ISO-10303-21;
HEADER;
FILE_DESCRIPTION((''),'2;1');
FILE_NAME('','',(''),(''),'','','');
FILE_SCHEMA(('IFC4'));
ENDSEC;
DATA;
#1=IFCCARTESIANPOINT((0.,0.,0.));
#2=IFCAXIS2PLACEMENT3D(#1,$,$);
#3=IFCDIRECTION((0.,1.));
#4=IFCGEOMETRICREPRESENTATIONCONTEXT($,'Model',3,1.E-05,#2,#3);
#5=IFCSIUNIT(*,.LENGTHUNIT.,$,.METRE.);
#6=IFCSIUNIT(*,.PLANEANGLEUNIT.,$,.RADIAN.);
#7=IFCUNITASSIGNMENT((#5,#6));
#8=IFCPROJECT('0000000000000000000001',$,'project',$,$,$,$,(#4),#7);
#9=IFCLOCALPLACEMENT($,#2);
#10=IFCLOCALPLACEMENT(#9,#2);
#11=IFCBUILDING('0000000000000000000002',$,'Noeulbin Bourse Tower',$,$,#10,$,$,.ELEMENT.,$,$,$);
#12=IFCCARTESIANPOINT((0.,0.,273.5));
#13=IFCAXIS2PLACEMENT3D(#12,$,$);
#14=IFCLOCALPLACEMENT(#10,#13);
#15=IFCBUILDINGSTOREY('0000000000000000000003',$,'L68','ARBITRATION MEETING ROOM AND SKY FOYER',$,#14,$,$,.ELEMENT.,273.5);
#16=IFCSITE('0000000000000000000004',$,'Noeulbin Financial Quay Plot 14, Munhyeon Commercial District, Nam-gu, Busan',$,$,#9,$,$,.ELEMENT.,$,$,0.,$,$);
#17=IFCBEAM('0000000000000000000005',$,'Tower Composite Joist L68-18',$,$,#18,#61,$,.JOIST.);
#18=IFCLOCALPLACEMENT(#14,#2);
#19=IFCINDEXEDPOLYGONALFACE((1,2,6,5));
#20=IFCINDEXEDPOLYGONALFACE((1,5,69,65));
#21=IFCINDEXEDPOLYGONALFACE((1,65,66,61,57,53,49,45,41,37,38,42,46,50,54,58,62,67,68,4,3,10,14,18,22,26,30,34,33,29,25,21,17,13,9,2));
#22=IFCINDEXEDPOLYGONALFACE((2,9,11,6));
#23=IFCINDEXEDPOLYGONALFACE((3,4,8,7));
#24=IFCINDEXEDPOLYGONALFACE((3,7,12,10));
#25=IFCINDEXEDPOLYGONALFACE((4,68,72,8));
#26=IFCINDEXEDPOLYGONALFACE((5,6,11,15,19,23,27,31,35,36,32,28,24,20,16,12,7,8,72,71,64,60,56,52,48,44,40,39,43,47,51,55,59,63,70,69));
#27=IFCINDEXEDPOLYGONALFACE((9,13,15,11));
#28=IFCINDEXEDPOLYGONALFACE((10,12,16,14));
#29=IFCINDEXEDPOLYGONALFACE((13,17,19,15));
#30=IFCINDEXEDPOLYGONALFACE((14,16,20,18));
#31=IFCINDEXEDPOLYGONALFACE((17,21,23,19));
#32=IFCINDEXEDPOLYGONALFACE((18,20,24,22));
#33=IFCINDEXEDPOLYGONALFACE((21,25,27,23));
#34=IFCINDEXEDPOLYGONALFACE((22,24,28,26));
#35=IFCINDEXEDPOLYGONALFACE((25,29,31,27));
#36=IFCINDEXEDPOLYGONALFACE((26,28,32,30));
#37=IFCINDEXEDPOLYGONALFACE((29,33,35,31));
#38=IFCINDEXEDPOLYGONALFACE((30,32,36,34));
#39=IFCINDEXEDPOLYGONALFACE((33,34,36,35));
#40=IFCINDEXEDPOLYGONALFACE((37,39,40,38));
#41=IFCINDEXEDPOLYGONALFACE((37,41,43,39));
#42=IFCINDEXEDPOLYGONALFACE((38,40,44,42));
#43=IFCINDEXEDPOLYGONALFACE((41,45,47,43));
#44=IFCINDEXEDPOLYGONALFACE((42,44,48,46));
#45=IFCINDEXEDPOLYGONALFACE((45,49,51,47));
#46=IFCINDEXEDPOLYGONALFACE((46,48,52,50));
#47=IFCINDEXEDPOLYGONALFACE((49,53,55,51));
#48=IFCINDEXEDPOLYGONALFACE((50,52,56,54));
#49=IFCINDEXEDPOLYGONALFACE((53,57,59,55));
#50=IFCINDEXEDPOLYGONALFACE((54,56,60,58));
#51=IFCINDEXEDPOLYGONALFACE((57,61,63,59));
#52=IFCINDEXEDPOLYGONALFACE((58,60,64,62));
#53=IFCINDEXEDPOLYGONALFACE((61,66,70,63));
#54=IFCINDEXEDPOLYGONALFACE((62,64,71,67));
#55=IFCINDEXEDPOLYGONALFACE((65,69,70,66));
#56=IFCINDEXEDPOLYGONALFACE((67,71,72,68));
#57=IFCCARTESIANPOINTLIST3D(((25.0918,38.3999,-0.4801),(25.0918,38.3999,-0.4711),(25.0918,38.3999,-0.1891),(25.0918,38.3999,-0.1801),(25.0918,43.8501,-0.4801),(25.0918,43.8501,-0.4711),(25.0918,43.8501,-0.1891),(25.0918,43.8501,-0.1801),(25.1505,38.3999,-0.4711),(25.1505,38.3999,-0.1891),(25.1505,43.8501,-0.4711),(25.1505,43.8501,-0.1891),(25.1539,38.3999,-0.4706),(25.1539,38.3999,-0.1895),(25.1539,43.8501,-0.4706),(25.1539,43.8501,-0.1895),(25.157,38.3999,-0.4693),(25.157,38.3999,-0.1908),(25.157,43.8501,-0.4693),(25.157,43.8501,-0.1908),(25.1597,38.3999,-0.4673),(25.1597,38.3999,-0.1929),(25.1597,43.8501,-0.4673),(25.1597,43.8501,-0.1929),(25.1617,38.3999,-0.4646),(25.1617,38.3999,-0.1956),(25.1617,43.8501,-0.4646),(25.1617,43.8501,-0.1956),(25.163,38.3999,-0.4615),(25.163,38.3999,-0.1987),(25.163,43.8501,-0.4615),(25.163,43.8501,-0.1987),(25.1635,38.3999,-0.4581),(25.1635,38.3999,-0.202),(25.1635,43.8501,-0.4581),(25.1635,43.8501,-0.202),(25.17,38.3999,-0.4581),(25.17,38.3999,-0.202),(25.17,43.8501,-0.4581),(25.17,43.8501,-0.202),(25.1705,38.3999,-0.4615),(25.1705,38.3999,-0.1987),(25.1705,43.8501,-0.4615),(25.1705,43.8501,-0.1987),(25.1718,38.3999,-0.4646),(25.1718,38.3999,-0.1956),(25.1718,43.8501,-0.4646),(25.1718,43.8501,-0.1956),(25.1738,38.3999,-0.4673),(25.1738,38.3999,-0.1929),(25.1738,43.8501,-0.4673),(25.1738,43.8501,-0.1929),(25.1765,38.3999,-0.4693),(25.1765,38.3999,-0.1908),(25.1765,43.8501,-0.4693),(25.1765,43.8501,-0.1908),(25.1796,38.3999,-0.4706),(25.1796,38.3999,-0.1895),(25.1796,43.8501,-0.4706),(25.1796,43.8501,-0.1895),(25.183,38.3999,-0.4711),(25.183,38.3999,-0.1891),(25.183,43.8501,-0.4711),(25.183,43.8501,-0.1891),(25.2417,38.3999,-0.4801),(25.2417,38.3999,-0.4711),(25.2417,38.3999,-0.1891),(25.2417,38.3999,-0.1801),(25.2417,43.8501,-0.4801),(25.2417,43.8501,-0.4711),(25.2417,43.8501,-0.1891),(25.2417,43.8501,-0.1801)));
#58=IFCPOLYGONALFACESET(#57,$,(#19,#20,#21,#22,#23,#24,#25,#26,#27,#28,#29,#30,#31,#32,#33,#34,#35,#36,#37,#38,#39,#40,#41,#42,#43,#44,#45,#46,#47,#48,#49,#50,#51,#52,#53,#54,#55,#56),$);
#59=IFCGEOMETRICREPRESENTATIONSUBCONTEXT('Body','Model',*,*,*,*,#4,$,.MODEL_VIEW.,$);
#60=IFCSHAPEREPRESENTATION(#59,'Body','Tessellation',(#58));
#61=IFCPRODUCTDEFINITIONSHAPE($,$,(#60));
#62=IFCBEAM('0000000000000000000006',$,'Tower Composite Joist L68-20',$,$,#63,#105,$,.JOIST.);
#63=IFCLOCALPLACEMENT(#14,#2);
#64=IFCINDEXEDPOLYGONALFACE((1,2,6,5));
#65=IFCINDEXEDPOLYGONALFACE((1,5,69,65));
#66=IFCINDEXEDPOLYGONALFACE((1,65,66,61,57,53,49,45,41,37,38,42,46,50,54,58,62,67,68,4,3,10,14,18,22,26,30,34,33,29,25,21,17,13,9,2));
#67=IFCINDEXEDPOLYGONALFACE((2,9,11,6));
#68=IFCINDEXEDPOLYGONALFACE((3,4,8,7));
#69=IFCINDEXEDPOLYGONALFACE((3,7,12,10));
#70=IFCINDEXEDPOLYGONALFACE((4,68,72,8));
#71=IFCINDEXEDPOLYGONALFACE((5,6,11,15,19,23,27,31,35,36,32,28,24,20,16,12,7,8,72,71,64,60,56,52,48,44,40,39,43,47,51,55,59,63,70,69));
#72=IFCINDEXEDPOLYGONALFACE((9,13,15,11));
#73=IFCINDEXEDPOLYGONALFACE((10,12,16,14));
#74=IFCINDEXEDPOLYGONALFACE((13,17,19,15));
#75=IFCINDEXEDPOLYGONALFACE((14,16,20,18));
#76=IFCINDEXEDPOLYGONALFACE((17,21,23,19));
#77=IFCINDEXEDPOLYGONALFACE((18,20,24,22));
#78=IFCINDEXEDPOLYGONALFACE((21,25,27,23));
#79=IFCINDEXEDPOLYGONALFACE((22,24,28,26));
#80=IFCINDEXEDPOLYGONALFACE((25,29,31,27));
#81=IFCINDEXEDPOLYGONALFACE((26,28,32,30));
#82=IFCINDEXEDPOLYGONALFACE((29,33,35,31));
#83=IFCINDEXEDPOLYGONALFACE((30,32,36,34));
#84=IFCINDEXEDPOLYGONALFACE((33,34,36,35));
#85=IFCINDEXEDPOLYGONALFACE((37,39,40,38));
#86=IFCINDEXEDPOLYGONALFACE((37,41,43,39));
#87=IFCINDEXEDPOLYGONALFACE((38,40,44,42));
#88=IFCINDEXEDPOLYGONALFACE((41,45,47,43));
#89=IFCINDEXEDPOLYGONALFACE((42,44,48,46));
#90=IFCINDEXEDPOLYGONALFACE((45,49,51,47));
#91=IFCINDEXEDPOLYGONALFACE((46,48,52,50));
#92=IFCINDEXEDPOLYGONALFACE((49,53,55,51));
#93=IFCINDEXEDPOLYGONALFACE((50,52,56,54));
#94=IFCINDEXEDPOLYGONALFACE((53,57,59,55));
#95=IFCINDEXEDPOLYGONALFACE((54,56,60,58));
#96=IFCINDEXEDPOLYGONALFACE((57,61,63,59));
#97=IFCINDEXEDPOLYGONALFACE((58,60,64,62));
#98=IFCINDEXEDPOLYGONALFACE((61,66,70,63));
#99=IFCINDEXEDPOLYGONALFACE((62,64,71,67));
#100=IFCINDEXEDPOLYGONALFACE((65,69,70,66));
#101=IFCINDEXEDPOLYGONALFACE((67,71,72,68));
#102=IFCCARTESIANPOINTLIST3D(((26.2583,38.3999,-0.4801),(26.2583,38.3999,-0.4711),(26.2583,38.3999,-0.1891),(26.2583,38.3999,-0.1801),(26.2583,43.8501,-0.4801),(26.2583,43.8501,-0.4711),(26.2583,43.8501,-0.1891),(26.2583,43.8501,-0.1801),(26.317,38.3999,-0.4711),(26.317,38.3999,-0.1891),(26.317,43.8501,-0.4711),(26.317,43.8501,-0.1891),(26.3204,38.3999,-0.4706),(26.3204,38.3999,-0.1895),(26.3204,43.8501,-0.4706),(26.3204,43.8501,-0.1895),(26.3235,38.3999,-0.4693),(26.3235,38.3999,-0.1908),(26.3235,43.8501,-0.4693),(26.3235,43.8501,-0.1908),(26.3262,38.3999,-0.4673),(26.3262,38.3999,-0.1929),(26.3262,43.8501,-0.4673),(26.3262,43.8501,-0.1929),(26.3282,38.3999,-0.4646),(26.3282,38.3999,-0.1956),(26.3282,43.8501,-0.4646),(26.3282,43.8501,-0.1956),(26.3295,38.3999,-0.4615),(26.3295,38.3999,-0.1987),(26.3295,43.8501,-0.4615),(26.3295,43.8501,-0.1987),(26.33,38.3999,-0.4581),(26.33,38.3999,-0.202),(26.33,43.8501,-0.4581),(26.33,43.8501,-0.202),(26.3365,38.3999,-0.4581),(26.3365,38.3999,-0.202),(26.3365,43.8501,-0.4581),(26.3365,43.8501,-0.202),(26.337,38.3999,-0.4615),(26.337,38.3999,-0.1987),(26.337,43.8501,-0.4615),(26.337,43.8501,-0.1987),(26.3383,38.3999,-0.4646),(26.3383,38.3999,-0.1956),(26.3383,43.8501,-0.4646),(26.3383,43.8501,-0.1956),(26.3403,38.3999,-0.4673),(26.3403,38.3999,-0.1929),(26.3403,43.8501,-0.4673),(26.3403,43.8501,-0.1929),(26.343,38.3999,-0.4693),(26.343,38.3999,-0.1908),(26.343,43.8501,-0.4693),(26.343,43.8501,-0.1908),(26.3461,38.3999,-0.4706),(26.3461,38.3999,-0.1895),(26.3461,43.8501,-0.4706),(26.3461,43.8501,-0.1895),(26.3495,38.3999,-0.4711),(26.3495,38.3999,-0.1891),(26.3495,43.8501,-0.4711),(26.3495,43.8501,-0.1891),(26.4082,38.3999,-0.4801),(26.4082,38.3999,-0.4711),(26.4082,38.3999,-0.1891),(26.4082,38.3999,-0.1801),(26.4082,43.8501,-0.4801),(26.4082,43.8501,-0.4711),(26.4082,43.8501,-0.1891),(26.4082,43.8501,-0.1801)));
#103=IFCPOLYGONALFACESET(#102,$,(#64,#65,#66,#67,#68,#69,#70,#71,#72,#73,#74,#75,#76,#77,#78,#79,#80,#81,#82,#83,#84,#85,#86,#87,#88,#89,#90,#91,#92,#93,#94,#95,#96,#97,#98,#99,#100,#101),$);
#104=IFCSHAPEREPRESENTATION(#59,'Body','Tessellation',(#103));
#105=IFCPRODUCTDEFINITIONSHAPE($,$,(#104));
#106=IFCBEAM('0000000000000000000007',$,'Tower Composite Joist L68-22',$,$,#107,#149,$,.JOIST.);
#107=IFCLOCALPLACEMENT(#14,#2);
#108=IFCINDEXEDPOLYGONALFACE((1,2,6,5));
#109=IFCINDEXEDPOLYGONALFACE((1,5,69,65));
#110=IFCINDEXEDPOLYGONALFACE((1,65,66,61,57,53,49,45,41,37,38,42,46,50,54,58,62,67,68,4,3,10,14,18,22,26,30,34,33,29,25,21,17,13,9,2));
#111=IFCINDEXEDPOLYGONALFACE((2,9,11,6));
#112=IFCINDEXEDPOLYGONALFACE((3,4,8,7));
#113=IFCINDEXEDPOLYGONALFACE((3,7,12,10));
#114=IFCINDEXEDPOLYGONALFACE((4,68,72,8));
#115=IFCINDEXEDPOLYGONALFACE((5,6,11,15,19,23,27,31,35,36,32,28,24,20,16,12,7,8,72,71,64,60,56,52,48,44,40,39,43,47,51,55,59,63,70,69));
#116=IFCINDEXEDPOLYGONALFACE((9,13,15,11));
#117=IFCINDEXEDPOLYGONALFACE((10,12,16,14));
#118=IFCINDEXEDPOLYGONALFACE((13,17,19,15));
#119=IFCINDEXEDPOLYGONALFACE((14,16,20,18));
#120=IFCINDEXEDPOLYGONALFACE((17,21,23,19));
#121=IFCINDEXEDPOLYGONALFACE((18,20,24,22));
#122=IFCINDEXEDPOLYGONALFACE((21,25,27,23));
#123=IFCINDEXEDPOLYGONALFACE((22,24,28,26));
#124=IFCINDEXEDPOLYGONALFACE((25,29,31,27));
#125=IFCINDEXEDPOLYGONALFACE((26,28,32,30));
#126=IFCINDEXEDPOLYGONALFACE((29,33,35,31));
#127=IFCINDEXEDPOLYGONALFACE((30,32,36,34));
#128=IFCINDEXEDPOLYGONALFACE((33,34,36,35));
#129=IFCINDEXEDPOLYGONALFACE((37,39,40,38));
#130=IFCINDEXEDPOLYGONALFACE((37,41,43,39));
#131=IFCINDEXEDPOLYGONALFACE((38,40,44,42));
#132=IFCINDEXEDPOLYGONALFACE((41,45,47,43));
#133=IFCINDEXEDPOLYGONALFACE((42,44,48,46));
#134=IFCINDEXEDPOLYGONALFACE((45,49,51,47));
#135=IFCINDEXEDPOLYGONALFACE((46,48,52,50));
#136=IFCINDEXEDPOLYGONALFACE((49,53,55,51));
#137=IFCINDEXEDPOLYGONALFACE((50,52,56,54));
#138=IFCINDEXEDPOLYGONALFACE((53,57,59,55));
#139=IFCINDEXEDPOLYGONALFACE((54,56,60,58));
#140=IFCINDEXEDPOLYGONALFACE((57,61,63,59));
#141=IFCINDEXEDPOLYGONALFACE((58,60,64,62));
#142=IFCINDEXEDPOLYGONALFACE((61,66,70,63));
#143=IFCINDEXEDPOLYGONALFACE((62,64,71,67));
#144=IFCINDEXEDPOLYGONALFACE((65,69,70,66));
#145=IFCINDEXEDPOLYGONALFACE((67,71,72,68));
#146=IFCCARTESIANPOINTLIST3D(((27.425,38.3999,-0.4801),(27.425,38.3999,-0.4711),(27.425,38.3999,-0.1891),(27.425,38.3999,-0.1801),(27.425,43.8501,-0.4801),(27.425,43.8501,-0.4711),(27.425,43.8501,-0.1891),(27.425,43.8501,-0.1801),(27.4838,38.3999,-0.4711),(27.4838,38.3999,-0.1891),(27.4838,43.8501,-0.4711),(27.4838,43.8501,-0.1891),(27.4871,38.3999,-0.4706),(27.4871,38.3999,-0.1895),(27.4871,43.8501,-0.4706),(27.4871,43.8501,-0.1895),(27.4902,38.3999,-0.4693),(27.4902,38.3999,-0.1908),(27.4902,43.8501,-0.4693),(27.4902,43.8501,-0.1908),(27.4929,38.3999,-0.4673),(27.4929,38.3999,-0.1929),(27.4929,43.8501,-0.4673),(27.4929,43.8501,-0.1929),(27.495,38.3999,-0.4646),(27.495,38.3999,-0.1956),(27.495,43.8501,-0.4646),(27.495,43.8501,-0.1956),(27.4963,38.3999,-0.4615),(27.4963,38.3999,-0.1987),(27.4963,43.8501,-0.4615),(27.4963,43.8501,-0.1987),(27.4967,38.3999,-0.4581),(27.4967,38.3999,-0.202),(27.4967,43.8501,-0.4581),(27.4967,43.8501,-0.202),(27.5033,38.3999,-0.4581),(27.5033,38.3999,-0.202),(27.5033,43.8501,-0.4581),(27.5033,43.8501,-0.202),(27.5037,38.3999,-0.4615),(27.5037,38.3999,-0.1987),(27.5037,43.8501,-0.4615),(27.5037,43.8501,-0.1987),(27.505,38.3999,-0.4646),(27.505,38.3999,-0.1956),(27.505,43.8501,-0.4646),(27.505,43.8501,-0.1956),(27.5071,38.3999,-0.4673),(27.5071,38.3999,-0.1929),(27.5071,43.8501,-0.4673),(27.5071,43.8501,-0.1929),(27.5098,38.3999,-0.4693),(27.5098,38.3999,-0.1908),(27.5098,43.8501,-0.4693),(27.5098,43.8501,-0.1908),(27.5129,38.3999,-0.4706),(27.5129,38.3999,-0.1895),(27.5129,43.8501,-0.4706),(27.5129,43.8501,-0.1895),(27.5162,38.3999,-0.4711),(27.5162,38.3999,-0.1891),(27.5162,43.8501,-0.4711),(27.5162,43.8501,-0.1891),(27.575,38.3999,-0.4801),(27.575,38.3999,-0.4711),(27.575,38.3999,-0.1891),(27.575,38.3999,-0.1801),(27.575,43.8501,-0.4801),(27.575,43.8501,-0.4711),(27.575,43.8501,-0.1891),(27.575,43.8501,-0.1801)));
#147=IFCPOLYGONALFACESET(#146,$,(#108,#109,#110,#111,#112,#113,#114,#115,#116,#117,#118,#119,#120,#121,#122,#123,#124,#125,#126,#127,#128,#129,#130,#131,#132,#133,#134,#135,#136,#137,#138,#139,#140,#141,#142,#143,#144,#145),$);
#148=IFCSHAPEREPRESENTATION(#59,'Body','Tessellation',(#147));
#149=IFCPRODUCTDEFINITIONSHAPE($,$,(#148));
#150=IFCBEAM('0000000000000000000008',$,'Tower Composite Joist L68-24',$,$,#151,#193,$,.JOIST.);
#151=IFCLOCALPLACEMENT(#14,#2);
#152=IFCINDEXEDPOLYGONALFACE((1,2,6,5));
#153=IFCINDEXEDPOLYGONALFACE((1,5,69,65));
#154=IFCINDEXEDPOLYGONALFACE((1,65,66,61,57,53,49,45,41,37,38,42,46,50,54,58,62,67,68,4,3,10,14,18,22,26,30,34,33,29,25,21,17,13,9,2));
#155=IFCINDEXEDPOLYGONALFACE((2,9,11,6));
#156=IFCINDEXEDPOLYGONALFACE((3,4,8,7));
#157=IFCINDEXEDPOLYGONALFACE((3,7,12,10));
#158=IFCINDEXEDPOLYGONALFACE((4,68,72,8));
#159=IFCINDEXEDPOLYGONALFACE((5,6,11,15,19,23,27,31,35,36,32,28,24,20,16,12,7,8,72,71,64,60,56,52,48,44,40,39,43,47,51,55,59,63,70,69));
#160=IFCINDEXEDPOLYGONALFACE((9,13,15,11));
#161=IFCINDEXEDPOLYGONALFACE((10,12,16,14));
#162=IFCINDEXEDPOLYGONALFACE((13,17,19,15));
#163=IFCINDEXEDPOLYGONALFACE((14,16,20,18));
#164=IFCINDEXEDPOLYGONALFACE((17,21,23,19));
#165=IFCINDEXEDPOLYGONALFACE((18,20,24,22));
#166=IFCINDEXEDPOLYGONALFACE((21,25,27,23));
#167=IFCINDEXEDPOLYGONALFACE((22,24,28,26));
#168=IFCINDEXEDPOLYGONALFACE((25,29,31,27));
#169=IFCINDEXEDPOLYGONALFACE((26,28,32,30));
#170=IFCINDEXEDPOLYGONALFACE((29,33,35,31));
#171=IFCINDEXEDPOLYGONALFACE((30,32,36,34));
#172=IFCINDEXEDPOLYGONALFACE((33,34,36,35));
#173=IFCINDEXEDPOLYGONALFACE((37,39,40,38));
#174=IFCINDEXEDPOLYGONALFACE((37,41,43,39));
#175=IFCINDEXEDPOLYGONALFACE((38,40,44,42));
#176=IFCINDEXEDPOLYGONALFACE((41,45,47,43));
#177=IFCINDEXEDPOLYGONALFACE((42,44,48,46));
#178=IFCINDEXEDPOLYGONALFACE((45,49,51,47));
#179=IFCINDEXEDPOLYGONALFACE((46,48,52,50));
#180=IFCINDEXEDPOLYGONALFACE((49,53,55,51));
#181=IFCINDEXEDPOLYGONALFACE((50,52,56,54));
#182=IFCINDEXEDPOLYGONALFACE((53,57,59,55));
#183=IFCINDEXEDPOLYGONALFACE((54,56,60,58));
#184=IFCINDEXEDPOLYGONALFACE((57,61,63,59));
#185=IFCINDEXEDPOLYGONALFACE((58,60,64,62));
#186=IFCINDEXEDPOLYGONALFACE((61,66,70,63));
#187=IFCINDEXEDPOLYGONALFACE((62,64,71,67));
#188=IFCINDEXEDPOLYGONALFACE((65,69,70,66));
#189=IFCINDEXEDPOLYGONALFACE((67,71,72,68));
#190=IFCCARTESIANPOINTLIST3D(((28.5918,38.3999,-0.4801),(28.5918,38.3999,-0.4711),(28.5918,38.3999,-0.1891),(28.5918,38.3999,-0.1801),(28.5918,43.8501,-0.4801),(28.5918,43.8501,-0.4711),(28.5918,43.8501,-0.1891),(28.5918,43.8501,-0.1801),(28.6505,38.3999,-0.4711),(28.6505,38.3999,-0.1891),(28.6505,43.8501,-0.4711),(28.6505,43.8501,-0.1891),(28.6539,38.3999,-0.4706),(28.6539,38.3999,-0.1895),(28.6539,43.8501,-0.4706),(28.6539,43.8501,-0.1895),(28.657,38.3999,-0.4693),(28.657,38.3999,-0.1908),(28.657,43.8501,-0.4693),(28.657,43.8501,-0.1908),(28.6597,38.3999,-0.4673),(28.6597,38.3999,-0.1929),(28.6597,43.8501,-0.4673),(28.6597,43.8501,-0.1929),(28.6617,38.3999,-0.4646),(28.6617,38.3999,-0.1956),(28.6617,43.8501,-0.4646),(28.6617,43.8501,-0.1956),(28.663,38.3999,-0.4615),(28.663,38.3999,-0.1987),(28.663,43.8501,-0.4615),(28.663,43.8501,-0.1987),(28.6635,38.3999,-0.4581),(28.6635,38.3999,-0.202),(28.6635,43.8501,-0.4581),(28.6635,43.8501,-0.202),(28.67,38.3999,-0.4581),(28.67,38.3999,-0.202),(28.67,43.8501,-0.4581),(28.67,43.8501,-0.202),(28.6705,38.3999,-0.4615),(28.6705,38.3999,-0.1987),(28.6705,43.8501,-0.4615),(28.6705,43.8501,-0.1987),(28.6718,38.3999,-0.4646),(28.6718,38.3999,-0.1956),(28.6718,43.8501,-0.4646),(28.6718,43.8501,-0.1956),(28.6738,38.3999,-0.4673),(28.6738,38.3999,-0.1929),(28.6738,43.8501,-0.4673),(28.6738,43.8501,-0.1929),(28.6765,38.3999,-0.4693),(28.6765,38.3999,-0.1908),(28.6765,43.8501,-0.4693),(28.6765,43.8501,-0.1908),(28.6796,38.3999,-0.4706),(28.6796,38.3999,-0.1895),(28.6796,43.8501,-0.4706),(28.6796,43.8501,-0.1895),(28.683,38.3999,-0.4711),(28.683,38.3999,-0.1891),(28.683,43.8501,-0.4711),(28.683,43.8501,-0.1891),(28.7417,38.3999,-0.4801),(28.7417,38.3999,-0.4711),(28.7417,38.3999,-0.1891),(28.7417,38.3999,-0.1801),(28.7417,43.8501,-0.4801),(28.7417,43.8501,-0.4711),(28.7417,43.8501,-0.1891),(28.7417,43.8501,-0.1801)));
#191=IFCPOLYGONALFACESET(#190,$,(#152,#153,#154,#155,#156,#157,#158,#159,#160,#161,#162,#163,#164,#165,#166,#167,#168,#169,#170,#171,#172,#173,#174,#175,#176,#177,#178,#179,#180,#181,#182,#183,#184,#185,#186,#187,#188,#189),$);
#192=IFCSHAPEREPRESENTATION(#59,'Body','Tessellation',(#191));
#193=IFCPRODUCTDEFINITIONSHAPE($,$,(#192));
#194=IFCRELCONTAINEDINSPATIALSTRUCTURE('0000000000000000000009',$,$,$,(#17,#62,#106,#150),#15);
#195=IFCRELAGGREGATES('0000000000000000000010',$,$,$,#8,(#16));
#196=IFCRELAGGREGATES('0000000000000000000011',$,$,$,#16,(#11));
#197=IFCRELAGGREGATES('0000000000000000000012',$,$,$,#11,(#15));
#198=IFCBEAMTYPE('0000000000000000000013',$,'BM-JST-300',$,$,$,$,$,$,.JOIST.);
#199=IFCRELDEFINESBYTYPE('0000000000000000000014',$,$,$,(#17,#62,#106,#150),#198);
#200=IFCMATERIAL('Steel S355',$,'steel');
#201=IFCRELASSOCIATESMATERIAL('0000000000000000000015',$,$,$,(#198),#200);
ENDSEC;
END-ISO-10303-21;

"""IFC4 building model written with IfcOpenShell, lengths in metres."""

from ifc_helpers import new_model, si_unit, direction, frame, origin, origin_2d, place, context, subcontext, project, spatial, i_section, extrude, material, material_profile, profile_set, type_object, element, save


model = new_model("IFC4")

# Units and contexts
model_context = context("Model", 3, precision=1e-05, world=origin(), true_north=direction((0.0, 1.0)))
body_context = subcontext(model_context, "Body", "Model", "MODEL_VIEW")
ifc_project = project(units=[si_unit("LENGTHUNIT", "METRE"), si_unit("PLANEANGLEUNIT", "RADIAN")], contexts=[model_context])

# Site, building, storey
site_placement = place(None, origin())
site = spatial("IfcSite", under=ifc_project, at=site_placement, Name="Noeulbin Financial Quay Plot 14, Munhyeon Commercial District, Nam-gu, Busan", CompositionType="ELEMENT", RefElevation=0.0)
building_placement = place(site_placement, origin())
building = spatial("IfcBuilding", under=site, at=building_placement, Name="Noeulbin Bourse Tower", CompositionType="ELEMENT")
storey_placement = place(building_placement, frame((0.0, 0.0, 273.5)))
storey = spatial("IfcBuildingStorey", under=building, at=storey_placement, Name="L68", Description="ARBITRATION MEETING ROOM AND SKY FOYER", CompositionType="ELEMENT", Elevation=273.5)

# Shared definitions
ifc_material_1 = material(Name="Steel S355", Category="steel")

# Beams
ifc_material_profile_1 = material_profile(ifc_material_1, i_section(OverallWidth=0.1499, OverallDepth=0.3, WebThickness=0.0066, FlangeThickness=0.009, FilletRadius=0.0129, at=origin_2d()), Name="H-300x150x6.5x9", Category="LoadBearing")
ifc_profile_set_1 = profile_set([ifc_material_profile_1], Name="Steel S355")
beam_type_1 = type_object("IfcBeamType", Name="BM-JST-300", PredefinedType="JOIST", material=ifc_profile_set_1)
for number, where, z_axis, x_axis, name in (
    (1, (25.1667, 38.3999, -0.3301), (0.0, 1.0, 0.0), (-1.0, 0.0, 0.0), "Tower Composite Joist L68-18"),
    (2, (26.3333, 38.3999, -0.3301), (0.0, 1.0, 0.0), (-1.0, 0.0, 0.0), "Tower Composite Joist L68-20"),
    (3, (27.5, 38.3999, -0.3301), (0.0, 1.0, 0.0), (-1.0, 0.0, 0.0), "Tower Composite Joist L68-22"),
    (4, (28.6667, 38.3999, -0.3301), (0.0, 1.0, 0.0), (-1.0, 0.0, 0.0), "Tower Composite Joist L68-24"),
):
    element("IfcBeam", number, at=place(storey_placement, frame(where, z_axis=z_axis, x_axis=x_axis)), inside=storey, type_object=beam_type_1, Name=name, PredefinedType="JOIST", context=body_context, shape_type="SweptSolid", body=[
        extrude(i_section(OverallWidth=0.1499, OverallDepth=0.3, WebThickness=0.0066, FlangeThickness=0.009, FilletRadius=0.0129, at=origin_2d()), origin(), (0.0, 0.0, 1.0), 5.4502),
    ])

save(model, "model.ifc")
